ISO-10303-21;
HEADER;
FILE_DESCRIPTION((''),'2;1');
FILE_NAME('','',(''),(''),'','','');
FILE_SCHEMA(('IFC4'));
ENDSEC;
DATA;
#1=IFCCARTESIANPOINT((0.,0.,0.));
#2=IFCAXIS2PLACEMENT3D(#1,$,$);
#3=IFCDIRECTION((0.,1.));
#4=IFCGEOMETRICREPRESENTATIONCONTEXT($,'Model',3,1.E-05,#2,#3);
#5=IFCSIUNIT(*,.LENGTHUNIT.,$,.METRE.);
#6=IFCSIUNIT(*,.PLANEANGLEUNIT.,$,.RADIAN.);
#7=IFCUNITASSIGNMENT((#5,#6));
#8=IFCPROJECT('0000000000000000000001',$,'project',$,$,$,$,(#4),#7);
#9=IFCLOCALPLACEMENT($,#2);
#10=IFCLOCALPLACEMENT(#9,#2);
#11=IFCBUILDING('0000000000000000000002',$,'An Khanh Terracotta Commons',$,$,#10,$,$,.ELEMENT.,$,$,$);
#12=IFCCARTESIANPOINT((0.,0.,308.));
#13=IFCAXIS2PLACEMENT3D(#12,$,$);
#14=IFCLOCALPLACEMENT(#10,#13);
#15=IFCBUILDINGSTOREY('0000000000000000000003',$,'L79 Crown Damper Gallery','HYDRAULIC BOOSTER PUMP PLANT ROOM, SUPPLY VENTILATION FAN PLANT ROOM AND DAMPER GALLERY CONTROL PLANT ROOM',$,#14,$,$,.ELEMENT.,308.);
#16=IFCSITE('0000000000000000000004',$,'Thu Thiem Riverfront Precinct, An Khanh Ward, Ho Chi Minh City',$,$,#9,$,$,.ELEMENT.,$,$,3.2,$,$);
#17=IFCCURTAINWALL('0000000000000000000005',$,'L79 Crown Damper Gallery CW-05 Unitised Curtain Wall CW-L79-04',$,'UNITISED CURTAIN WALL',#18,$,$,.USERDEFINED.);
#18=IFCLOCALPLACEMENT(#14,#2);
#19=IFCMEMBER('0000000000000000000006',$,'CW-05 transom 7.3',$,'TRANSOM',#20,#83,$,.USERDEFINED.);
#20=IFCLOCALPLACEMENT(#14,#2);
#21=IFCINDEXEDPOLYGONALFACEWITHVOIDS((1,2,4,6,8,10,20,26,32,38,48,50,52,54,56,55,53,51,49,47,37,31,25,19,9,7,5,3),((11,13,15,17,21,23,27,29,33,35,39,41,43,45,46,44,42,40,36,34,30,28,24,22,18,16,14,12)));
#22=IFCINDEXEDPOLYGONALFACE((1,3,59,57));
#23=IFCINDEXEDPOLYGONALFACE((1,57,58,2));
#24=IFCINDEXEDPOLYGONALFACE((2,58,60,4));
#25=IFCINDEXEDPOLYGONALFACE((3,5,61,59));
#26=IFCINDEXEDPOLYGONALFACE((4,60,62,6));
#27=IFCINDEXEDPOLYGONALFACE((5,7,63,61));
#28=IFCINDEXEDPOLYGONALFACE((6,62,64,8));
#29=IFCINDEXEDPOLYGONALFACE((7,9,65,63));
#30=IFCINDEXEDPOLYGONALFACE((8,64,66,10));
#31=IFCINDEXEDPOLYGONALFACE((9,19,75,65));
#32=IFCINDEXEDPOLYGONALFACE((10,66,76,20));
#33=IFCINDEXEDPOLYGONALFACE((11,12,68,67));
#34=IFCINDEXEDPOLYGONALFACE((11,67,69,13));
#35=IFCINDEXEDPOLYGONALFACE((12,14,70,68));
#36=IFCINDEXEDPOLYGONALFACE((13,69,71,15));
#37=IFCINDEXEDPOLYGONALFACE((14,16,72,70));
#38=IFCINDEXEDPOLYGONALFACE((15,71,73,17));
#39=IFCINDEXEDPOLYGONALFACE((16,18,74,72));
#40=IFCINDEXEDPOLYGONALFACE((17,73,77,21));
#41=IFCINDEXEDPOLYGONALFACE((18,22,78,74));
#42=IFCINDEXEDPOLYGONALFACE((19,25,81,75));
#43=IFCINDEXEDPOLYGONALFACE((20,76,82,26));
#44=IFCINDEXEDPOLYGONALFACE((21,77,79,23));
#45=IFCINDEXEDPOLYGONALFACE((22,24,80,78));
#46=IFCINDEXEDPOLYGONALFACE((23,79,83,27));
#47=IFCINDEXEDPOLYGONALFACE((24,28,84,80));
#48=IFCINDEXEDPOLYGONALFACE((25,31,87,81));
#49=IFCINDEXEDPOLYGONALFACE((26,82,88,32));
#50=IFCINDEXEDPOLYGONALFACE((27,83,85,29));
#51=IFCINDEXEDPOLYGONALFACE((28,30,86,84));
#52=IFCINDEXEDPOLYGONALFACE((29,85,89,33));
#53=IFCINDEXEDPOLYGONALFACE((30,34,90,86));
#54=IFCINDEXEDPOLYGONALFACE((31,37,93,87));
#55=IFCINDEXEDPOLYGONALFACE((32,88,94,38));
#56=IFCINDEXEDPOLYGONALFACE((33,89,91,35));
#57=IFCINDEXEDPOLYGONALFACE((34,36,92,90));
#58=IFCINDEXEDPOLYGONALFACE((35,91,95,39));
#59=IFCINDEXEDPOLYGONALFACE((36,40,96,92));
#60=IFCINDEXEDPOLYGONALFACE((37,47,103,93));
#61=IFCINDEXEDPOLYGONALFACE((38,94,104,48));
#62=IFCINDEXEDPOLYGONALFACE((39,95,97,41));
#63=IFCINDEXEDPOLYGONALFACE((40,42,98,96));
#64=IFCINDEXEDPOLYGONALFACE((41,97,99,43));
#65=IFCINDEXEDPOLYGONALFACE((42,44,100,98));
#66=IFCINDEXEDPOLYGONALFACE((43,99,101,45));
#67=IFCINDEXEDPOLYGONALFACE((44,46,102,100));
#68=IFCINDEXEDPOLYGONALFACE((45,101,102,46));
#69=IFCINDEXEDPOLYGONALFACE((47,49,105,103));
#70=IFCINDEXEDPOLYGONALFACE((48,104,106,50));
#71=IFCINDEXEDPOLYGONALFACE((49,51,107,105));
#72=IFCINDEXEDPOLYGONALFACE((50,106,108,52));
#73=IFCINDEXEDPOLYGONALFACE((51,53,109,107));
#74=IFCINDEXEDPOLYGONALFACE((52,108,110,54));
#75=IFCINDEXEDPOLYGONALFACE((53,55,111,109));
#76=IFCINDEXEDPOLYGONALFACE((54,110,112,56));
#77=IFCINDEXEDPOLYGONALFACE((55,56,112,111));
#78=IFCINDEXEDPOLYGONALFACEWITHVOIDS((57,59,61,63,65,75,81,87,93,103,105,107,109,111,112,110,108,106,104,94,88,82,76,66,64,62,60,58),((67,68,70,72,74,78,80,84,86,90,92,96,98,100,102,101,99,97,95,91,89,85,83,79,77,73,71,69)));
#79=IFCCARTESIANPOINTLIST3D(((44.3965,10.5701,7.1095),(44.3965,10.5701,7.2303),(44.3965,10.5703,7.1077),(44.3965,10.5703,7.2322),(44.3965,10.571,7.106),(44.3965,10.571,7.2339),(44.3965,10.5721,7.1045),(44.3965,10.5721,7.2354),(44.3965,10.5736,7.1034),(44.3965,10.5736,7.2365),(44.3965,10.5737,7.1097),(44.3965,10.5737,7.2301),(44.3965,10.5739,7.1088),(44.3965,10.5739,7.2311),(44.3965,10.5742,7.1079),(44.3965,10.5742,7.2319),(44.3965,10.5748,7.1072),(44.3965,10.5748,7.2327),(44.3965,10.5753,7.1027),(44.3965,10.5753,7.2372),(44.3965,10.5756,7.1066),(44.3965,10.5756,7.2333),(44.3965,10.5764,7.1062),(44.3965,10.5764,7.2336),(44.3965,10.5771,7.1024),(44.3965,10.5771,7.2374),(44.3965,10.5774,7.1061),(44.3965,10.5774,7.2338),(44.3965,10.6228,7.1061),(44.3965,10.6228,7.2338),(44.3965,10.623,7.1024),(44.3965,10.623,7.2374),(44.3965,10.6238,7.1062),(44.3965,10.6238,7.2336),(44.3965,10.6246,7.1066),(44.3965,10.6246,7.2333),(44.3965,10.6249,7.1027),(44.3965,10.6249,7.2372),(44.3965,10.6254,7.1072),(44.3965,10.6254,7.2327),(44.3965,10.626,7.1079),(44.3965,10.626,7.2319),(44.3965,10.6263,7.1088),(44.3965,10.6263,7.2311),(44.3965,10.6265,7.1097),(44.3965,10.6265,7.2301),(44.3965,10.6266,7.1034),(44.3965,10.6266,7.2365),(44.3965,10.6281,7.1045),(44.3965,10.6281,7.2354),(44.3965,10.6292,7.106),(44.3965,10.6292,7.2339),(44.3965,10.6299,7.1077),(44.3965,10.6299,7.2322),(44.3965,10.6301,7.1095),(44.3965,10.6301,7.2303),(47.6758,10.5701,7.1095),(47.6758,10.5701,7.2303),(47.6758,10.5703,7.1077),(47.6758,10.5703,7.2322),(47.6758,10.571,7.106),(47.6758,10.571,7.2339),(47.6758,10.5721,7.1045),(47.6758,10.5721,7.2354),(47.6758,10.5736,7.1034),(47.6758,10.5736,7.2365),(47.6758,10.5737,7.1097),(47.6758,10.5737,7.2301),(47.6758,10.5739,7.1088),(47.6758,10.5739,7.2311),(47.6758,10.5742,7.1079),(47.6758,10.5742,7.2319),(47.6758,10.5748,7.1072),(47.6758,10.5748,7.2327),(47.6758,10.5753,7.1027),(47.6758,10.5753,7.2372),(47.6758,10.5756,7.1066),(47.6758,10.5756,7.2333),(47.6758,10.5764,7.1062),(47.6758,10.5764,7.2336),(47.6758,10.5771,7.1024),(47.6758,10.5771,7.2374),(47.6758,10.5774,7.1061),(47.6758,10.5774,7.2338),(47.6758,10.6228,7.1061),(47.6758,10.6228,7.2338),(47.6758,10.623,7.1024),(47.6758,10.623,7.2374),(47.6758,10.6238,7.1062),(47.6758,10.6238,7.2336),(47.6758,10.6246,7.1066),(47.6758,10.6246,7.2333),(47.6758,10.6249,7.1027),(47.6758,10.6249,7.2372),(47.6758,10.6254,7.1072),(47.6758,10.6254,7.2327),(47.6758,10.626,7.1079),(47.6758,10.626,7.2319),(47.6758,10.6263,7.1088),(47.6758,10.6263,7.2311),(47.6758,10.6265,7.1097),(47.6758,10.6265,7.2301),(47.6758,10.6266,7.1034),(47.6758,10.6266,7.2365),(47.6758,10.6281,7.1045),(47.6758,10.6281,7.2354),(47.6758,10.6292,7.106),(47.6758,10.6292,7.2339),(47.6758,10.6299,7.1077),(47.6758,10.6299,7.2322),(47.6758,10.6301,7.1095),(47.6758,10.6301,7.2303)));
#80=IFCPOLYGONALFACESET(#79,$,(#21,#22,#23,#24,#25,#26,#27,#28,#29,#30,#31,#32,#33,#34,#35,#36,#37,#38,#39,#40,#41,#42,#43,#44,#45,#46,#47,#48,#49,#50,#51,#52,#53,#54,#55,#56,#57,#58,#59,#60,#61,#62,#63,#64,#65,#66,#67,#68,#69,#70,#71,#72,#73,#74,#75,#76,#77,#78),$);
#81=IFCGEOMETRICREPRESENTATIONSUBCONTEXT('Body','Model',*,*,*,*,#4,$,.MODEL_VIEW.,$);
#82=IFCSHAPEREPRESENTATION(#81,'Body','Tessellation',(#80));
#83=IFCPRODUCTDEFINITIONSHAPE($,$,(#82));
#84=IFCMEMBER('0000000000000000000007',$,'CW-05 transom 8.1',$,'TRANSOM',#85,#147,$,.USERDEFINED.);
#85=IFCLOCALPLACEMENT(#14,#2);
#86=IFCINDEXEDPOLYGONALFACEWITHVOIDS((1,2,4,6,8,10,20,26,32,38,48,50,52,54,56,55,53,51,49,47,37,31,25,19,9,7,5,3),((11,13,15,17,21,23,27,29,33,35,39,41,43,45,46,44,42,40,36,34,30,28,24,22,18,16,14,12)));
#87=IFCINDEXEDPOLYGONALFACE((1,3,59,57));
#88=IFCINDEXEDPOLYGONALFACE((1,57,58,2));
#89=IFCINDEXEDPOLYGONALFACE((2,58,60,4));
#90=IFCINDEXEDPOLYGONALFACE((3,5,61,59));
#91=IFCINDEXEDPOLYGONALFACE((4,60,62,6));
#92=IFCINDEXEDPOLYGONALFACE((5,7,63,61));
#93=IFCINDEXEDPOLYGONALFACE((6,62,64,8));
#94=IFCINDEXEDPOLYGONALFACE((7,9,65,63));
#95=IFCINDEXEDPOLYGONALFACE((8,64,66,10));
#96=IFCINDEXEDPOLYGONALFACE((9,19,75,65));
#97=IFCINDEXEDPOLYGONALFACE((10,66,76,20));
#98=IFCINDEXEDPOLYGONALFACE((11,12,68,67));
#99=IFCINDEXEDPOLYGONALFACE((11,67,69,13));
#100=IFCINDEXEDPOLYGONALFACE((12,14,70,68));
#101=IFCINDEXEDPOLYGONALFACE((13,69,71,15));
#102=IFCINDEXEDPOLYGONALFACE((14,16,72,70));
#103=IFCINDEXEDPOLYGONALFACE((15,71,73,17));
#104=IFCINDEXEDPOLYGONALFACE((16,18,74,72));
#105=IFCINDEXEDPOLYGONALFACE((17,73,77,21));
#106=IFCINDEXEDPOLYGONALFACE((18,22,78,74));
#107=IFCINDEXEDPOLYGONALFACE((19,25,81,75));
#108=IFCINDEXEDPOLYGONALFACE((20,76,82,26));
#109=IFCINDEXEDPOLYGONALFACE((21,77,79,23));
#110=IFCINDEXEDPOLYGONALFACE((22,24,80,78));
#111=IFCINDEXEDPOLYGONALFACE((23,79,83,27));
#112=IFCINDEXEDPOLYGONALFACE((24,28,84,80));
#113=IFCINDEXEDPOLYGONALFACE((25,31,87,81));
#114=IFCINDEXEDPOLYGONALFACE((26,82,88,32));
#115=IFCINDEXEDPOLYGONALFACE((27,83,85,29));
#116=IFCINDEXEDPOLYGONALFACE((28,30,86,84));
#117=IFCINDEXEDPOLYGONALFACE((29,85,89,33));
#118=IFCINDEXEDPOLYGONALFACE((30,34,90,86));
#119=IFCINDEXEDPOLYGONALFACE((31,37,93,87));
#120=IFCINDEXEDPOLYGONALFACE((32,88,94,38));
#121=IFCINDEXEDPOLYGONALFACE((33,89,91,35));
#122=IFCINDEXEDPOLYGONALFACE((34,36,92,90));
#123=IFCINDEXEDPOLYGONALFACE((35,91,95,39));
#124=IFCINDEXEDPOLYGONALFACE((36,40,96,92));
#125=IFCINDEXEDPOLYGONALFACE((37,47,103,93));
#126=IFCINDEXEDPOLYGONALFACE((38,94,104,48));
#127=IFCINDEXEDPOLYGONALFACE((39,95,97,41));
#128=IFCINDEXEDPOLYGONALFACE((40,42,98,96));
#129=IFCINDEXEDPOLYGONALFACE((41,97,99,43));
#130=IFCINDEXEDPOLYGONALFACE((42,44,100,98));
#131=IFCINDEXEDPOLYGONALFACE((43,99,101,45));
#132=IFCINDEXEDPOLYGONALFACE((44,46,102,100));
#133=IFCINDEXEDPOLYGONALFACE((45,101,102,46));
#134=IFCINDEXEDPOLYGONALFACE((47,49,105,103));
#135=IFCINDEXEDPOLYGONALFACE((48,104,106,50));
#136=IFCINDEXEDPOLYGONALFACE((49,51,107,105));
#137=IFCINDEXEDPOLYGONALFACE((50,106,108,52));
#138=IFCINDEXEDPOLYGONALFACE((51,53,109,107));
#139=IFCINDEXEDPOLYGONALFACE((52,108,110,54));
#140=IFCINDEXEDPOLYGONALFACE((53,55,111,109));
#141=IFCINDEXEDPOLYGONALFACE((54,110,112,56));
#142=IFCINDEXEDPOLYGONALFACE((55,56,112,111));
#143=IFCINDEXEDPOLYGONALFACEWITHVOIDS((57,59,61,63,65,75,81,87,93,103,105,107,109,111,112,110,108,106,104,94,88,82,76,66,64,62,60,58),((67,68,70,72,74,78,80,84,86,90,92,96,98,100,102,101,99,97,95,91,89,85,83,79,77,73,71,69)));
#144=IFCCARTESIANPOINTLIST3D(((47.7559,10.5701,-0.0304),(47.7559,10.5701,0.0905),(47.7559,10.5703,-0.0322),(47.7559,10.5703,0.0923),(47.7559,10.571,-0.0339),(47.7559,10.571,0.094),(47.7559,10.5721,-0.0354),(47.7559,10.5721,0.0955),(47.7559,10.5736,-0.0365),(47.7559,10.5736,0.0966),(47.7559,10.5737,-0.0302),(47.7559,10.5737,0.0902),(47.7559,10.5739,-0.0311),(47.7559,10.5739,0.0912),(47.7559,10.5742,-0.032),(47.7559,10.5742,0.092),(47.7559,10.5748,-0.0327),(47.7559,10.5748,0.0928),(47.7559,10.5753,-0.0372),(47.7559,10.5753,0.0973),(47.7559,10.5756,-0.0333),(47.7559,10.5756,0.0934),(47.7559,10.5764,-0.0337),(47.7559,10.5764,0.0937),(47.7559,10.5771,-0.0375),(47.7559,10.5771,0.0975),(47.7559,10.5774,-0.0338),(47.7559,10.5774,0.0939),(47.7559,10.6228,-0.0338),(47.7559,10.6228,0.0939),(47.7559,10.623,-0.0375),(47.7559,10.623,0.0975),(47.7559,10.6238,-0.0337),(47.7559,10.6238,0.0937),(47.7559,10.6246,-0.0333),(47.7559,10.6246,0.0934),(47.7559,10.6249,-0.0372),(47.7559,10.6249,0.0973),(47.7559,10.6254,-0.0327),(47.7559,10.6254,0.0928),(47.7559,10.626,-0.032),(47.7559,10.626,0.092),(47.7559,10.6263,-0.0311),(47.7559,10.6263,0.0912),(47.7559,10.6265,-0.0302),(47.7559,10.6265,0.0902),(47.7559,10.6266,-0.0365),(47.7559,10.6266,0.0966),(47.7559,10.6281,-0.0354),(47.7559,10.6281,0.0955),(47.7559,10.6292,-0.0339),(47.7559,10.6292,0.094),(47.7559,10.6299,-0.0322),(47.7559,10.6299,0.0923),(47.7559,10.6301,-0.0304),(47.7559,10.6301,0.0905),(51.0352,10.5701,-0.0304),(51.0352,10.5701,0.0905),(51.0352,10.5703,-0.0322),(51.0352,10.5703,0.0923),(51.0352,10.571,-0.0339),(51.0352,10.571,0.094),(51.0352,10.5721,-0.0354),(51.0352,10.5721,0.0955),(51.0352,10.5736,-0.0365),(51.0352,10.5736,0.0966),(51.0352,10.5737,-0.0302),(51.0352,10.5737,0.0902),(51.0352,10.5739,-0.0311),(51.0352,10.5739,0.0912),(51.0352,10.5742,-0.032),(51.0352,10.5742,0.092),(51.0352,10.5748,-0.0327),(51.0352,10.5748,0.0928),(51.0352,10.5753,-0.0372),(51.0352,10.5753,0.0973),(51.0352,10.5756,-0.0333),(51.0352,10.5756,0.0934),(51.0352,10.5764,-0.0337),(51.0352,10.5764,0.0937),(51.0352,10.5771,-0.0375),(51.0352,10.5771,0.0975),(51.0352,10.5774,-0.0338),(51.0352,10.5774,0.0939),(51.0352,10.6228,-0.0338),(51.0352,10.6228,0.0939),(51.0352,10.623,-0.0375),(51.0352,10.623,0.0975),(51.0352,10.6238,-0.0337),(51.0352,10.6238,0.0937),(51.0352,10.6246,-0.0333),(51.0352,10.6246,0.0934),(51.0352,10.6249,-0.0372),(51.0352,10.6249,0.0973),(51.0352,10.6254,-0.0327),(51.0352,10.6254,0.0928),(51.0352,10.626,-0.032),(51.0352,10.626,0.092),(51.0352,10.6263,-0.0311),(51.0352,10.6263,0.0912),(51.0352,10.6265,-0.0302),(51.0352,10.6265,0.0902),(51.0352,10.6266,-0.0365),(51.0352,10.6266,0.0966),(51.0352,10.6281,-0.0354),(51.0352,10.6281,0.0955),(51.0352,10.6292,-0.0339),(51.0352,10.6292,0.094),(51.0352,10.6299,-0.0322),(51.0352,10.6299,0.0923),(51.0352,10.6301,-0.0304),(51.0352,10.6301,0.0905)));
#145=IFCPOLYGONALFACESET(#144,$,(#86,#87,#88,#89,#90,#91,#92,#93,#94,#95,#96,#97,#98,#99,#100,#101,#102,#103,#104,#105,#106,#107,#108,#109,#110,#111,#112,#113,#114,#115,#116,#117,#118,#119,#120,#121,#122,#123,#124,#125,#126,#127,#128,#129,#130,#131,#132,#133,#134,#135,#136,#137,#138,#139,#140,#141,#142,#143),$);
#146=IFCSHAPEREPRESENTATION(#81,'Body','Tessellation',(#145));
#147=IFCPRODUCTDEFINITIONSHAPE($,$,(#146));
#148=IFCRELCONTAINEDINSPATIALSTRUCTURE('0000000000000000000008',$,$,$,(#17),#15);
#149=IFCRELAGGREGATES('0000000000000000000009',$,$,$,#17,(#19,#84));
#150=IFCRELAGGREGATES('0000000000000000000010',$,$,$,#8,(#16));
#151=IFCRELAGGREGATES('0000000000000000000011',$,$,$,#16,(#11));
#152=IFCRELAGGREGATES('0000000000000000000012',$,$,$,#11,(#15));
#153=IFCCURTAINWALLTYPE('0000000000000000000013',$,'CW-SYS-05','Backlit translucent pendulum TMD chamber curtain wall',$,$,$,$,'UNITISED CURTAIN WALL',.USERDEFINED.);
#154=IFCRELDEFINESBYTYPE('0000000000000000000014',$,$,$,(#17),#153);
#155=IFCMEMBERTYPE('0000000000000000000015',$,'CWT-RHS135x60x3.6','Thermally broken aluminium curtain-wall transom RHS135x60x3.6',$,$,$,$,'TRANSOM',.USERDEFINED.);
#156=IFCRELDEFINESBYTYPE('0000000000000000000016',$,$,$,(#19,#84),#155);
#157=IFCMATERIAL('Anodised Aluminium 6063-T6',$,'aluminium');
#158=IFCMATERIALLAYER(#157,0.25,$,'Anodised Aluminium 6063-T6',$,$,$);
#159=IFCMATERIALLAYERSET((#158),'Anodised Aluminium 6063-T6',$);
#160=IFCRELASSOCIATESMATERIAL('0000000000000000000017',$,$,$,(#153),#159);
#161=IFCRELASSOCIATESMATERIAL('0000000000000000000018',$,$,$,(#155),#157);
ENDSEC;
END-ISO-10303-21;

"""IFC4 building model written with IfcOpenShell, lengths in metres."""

from ifc_helpers import new_model, si_unit, direction, frame, origin, origin_2d, place, context, subcontext, project, spatial, hollow_rectangle, extrude, material, layer, layer_set, material_profile, profile_set, type_object, element, aggregate, save


model = new_model("IFC4")

# Units and contexts
model_context = context("Model", 3, precision=1e-05, world=origin(), true_north=direction((0.0, 1.0)))
body_context = subcontext(model_context, "Body", "Model", "MODEL_VIEW")
ifc_project = project(units=[si_unit("LENGTHUNIT", "METRE"), si_unit("PLANEANGLEUNIT", "RADIAN")], contexts=[model_context])

# Site, building, storey
site_placement = place(None, origin())
site = spatial("IfcSite", under=ifc_project, at=site_placement, Name="Thu Thiem Riverfront Precinct, An Khanh Ward, Ho Chi Minh City", CompositionType="ELEMENT", RefElevation=3.2)
building_placement = place(site_placement, origin())
building = spatial("IfcBuilding", under=site, at=building_placement, Name="An Khanh Terracotta Commons", CompositionType="ELEMENT")
storey_placement = place(building_placement, frame((0.0, 0.0, 308.0)))
storey = spatial("IfcBuildingStorey", under=building, at=storey_placement, Name="L79 Crown Damper Gallery", Description="HYDRAULIC BOOSTER PUMP PLANT ROOM, SUPPLY VENTILATION FAN PLANT ROOM AND DAMPER GALLERY CONTROL PLANT ROOM", CompositionType="ELEMENT", Elevation=308.0)

# Curtain wall, members
ifc_material_1 = material(Name="Anodised Aluminium 6063-T6", Category="aluminium")
ifc_layer_1 = layer(ifc_material_1, 0.25, Name="Anodised Aluminium 6063-T6")
ifc_layer_set_1 = layer_set([ifc_layer_1], Name="Anodised Aluminium 6063-T6")
curtain_wall_type = type_object("IfcCurtainWallType", Name="CW-SYS-05", Description="Backlit translucent pendulum TMD chamber curtain wall", ElementType="UNITISED CURTAIN WALL", PredefinedType="USERDEFINED", material=ifc_layer_set_1)
curtain_wall_placement = place(storey_placement, origin())
curtain_wall = element("IfcCurtainWall", 1, at=curtain_wall_placement, inside=storey, type_object=curtain_wall_type, Name="L79 Crown Damper Gallery CW-05 Unitised Curtain Wall CW-L79-04", ObjectType="UNITISED CURTAIN WALL", PredefinedType="USERDEFINED")
ifc_material_profile_1 = material_profile(ifc_material_1, hollow_rectangle(XDim=0.0601, YDim=0.135, WallThickness=0.0037, InnerFilletRadius=0.0037, OuterFilletRadius=0.0071, at=origin_2d()), Name="RHS135x60x3.6")
ifc_profile_set_1 = profile_set([ifc_material_profile_1], Name="Anodised Aluminium 6063-T6")
member_type_1 = type_object("IfcMemberType", Name="CWT-RHS135x60x3.6", Description="Thermally broken aluminium curtain-wall transom RHS135x60x3.6", ElementType="TRANSOM", PredefinedType="USERDEFINED", material=ifc_profile_set_1)
member_1_placement = place(storey_placement, frame((44.3965, 10.6001, 7.1699), z_axis=(1.0, 0.0, 0.0), x_axis=(0.0, 1.0, 0.0)))
member_1 = element("IfcMember", 2, at=member_1_placement, type_object=member_type_1, Name="CW-05 transom 7.3", ObjectType="TRANSOM", PredefinedType="USERDEFINED", context=body_context, shape_type="SweptSolid", body=[
    extrude(hollow_rectangle(XDim=0.0601, YDim=0.135, WallThickness=0.0037, InnerFilletRadius=0.0037, OuterFilletRadius=0.0071, at=origin_2d()), origin(), (0.0, 0.0, 1.0), 3.2793),
])
member_2_placement = place(storey_placement, frame((47.7559, 10.6001, 0.03), z_axis=(1.0, 0.0, 0.0), x_axis=(0.0, 1.0, 0.0)))
member_2 = element("IfcMember", 3, at=member_2_placement, type_object=member_type_1, Name="CW-05 transom 8.1", ObjectType="TRANSOM", PredefinedType="USERDEFINED", context=body_context, shape_type="SweptSolid", body=[
    extrude(hollow_rectangle(XDim=0.0601, YDim=0.135, WallThickness=0.0037, InnerFilletRadius=0.0037, OuterFilletRadius=0.0071, at=origin_2d()), origin(), (0.0, 0.0, 1.0), 3.2793),
])
aggregate(curtain_wall, [member_1, member_2])

save(model, "model.ifc")
